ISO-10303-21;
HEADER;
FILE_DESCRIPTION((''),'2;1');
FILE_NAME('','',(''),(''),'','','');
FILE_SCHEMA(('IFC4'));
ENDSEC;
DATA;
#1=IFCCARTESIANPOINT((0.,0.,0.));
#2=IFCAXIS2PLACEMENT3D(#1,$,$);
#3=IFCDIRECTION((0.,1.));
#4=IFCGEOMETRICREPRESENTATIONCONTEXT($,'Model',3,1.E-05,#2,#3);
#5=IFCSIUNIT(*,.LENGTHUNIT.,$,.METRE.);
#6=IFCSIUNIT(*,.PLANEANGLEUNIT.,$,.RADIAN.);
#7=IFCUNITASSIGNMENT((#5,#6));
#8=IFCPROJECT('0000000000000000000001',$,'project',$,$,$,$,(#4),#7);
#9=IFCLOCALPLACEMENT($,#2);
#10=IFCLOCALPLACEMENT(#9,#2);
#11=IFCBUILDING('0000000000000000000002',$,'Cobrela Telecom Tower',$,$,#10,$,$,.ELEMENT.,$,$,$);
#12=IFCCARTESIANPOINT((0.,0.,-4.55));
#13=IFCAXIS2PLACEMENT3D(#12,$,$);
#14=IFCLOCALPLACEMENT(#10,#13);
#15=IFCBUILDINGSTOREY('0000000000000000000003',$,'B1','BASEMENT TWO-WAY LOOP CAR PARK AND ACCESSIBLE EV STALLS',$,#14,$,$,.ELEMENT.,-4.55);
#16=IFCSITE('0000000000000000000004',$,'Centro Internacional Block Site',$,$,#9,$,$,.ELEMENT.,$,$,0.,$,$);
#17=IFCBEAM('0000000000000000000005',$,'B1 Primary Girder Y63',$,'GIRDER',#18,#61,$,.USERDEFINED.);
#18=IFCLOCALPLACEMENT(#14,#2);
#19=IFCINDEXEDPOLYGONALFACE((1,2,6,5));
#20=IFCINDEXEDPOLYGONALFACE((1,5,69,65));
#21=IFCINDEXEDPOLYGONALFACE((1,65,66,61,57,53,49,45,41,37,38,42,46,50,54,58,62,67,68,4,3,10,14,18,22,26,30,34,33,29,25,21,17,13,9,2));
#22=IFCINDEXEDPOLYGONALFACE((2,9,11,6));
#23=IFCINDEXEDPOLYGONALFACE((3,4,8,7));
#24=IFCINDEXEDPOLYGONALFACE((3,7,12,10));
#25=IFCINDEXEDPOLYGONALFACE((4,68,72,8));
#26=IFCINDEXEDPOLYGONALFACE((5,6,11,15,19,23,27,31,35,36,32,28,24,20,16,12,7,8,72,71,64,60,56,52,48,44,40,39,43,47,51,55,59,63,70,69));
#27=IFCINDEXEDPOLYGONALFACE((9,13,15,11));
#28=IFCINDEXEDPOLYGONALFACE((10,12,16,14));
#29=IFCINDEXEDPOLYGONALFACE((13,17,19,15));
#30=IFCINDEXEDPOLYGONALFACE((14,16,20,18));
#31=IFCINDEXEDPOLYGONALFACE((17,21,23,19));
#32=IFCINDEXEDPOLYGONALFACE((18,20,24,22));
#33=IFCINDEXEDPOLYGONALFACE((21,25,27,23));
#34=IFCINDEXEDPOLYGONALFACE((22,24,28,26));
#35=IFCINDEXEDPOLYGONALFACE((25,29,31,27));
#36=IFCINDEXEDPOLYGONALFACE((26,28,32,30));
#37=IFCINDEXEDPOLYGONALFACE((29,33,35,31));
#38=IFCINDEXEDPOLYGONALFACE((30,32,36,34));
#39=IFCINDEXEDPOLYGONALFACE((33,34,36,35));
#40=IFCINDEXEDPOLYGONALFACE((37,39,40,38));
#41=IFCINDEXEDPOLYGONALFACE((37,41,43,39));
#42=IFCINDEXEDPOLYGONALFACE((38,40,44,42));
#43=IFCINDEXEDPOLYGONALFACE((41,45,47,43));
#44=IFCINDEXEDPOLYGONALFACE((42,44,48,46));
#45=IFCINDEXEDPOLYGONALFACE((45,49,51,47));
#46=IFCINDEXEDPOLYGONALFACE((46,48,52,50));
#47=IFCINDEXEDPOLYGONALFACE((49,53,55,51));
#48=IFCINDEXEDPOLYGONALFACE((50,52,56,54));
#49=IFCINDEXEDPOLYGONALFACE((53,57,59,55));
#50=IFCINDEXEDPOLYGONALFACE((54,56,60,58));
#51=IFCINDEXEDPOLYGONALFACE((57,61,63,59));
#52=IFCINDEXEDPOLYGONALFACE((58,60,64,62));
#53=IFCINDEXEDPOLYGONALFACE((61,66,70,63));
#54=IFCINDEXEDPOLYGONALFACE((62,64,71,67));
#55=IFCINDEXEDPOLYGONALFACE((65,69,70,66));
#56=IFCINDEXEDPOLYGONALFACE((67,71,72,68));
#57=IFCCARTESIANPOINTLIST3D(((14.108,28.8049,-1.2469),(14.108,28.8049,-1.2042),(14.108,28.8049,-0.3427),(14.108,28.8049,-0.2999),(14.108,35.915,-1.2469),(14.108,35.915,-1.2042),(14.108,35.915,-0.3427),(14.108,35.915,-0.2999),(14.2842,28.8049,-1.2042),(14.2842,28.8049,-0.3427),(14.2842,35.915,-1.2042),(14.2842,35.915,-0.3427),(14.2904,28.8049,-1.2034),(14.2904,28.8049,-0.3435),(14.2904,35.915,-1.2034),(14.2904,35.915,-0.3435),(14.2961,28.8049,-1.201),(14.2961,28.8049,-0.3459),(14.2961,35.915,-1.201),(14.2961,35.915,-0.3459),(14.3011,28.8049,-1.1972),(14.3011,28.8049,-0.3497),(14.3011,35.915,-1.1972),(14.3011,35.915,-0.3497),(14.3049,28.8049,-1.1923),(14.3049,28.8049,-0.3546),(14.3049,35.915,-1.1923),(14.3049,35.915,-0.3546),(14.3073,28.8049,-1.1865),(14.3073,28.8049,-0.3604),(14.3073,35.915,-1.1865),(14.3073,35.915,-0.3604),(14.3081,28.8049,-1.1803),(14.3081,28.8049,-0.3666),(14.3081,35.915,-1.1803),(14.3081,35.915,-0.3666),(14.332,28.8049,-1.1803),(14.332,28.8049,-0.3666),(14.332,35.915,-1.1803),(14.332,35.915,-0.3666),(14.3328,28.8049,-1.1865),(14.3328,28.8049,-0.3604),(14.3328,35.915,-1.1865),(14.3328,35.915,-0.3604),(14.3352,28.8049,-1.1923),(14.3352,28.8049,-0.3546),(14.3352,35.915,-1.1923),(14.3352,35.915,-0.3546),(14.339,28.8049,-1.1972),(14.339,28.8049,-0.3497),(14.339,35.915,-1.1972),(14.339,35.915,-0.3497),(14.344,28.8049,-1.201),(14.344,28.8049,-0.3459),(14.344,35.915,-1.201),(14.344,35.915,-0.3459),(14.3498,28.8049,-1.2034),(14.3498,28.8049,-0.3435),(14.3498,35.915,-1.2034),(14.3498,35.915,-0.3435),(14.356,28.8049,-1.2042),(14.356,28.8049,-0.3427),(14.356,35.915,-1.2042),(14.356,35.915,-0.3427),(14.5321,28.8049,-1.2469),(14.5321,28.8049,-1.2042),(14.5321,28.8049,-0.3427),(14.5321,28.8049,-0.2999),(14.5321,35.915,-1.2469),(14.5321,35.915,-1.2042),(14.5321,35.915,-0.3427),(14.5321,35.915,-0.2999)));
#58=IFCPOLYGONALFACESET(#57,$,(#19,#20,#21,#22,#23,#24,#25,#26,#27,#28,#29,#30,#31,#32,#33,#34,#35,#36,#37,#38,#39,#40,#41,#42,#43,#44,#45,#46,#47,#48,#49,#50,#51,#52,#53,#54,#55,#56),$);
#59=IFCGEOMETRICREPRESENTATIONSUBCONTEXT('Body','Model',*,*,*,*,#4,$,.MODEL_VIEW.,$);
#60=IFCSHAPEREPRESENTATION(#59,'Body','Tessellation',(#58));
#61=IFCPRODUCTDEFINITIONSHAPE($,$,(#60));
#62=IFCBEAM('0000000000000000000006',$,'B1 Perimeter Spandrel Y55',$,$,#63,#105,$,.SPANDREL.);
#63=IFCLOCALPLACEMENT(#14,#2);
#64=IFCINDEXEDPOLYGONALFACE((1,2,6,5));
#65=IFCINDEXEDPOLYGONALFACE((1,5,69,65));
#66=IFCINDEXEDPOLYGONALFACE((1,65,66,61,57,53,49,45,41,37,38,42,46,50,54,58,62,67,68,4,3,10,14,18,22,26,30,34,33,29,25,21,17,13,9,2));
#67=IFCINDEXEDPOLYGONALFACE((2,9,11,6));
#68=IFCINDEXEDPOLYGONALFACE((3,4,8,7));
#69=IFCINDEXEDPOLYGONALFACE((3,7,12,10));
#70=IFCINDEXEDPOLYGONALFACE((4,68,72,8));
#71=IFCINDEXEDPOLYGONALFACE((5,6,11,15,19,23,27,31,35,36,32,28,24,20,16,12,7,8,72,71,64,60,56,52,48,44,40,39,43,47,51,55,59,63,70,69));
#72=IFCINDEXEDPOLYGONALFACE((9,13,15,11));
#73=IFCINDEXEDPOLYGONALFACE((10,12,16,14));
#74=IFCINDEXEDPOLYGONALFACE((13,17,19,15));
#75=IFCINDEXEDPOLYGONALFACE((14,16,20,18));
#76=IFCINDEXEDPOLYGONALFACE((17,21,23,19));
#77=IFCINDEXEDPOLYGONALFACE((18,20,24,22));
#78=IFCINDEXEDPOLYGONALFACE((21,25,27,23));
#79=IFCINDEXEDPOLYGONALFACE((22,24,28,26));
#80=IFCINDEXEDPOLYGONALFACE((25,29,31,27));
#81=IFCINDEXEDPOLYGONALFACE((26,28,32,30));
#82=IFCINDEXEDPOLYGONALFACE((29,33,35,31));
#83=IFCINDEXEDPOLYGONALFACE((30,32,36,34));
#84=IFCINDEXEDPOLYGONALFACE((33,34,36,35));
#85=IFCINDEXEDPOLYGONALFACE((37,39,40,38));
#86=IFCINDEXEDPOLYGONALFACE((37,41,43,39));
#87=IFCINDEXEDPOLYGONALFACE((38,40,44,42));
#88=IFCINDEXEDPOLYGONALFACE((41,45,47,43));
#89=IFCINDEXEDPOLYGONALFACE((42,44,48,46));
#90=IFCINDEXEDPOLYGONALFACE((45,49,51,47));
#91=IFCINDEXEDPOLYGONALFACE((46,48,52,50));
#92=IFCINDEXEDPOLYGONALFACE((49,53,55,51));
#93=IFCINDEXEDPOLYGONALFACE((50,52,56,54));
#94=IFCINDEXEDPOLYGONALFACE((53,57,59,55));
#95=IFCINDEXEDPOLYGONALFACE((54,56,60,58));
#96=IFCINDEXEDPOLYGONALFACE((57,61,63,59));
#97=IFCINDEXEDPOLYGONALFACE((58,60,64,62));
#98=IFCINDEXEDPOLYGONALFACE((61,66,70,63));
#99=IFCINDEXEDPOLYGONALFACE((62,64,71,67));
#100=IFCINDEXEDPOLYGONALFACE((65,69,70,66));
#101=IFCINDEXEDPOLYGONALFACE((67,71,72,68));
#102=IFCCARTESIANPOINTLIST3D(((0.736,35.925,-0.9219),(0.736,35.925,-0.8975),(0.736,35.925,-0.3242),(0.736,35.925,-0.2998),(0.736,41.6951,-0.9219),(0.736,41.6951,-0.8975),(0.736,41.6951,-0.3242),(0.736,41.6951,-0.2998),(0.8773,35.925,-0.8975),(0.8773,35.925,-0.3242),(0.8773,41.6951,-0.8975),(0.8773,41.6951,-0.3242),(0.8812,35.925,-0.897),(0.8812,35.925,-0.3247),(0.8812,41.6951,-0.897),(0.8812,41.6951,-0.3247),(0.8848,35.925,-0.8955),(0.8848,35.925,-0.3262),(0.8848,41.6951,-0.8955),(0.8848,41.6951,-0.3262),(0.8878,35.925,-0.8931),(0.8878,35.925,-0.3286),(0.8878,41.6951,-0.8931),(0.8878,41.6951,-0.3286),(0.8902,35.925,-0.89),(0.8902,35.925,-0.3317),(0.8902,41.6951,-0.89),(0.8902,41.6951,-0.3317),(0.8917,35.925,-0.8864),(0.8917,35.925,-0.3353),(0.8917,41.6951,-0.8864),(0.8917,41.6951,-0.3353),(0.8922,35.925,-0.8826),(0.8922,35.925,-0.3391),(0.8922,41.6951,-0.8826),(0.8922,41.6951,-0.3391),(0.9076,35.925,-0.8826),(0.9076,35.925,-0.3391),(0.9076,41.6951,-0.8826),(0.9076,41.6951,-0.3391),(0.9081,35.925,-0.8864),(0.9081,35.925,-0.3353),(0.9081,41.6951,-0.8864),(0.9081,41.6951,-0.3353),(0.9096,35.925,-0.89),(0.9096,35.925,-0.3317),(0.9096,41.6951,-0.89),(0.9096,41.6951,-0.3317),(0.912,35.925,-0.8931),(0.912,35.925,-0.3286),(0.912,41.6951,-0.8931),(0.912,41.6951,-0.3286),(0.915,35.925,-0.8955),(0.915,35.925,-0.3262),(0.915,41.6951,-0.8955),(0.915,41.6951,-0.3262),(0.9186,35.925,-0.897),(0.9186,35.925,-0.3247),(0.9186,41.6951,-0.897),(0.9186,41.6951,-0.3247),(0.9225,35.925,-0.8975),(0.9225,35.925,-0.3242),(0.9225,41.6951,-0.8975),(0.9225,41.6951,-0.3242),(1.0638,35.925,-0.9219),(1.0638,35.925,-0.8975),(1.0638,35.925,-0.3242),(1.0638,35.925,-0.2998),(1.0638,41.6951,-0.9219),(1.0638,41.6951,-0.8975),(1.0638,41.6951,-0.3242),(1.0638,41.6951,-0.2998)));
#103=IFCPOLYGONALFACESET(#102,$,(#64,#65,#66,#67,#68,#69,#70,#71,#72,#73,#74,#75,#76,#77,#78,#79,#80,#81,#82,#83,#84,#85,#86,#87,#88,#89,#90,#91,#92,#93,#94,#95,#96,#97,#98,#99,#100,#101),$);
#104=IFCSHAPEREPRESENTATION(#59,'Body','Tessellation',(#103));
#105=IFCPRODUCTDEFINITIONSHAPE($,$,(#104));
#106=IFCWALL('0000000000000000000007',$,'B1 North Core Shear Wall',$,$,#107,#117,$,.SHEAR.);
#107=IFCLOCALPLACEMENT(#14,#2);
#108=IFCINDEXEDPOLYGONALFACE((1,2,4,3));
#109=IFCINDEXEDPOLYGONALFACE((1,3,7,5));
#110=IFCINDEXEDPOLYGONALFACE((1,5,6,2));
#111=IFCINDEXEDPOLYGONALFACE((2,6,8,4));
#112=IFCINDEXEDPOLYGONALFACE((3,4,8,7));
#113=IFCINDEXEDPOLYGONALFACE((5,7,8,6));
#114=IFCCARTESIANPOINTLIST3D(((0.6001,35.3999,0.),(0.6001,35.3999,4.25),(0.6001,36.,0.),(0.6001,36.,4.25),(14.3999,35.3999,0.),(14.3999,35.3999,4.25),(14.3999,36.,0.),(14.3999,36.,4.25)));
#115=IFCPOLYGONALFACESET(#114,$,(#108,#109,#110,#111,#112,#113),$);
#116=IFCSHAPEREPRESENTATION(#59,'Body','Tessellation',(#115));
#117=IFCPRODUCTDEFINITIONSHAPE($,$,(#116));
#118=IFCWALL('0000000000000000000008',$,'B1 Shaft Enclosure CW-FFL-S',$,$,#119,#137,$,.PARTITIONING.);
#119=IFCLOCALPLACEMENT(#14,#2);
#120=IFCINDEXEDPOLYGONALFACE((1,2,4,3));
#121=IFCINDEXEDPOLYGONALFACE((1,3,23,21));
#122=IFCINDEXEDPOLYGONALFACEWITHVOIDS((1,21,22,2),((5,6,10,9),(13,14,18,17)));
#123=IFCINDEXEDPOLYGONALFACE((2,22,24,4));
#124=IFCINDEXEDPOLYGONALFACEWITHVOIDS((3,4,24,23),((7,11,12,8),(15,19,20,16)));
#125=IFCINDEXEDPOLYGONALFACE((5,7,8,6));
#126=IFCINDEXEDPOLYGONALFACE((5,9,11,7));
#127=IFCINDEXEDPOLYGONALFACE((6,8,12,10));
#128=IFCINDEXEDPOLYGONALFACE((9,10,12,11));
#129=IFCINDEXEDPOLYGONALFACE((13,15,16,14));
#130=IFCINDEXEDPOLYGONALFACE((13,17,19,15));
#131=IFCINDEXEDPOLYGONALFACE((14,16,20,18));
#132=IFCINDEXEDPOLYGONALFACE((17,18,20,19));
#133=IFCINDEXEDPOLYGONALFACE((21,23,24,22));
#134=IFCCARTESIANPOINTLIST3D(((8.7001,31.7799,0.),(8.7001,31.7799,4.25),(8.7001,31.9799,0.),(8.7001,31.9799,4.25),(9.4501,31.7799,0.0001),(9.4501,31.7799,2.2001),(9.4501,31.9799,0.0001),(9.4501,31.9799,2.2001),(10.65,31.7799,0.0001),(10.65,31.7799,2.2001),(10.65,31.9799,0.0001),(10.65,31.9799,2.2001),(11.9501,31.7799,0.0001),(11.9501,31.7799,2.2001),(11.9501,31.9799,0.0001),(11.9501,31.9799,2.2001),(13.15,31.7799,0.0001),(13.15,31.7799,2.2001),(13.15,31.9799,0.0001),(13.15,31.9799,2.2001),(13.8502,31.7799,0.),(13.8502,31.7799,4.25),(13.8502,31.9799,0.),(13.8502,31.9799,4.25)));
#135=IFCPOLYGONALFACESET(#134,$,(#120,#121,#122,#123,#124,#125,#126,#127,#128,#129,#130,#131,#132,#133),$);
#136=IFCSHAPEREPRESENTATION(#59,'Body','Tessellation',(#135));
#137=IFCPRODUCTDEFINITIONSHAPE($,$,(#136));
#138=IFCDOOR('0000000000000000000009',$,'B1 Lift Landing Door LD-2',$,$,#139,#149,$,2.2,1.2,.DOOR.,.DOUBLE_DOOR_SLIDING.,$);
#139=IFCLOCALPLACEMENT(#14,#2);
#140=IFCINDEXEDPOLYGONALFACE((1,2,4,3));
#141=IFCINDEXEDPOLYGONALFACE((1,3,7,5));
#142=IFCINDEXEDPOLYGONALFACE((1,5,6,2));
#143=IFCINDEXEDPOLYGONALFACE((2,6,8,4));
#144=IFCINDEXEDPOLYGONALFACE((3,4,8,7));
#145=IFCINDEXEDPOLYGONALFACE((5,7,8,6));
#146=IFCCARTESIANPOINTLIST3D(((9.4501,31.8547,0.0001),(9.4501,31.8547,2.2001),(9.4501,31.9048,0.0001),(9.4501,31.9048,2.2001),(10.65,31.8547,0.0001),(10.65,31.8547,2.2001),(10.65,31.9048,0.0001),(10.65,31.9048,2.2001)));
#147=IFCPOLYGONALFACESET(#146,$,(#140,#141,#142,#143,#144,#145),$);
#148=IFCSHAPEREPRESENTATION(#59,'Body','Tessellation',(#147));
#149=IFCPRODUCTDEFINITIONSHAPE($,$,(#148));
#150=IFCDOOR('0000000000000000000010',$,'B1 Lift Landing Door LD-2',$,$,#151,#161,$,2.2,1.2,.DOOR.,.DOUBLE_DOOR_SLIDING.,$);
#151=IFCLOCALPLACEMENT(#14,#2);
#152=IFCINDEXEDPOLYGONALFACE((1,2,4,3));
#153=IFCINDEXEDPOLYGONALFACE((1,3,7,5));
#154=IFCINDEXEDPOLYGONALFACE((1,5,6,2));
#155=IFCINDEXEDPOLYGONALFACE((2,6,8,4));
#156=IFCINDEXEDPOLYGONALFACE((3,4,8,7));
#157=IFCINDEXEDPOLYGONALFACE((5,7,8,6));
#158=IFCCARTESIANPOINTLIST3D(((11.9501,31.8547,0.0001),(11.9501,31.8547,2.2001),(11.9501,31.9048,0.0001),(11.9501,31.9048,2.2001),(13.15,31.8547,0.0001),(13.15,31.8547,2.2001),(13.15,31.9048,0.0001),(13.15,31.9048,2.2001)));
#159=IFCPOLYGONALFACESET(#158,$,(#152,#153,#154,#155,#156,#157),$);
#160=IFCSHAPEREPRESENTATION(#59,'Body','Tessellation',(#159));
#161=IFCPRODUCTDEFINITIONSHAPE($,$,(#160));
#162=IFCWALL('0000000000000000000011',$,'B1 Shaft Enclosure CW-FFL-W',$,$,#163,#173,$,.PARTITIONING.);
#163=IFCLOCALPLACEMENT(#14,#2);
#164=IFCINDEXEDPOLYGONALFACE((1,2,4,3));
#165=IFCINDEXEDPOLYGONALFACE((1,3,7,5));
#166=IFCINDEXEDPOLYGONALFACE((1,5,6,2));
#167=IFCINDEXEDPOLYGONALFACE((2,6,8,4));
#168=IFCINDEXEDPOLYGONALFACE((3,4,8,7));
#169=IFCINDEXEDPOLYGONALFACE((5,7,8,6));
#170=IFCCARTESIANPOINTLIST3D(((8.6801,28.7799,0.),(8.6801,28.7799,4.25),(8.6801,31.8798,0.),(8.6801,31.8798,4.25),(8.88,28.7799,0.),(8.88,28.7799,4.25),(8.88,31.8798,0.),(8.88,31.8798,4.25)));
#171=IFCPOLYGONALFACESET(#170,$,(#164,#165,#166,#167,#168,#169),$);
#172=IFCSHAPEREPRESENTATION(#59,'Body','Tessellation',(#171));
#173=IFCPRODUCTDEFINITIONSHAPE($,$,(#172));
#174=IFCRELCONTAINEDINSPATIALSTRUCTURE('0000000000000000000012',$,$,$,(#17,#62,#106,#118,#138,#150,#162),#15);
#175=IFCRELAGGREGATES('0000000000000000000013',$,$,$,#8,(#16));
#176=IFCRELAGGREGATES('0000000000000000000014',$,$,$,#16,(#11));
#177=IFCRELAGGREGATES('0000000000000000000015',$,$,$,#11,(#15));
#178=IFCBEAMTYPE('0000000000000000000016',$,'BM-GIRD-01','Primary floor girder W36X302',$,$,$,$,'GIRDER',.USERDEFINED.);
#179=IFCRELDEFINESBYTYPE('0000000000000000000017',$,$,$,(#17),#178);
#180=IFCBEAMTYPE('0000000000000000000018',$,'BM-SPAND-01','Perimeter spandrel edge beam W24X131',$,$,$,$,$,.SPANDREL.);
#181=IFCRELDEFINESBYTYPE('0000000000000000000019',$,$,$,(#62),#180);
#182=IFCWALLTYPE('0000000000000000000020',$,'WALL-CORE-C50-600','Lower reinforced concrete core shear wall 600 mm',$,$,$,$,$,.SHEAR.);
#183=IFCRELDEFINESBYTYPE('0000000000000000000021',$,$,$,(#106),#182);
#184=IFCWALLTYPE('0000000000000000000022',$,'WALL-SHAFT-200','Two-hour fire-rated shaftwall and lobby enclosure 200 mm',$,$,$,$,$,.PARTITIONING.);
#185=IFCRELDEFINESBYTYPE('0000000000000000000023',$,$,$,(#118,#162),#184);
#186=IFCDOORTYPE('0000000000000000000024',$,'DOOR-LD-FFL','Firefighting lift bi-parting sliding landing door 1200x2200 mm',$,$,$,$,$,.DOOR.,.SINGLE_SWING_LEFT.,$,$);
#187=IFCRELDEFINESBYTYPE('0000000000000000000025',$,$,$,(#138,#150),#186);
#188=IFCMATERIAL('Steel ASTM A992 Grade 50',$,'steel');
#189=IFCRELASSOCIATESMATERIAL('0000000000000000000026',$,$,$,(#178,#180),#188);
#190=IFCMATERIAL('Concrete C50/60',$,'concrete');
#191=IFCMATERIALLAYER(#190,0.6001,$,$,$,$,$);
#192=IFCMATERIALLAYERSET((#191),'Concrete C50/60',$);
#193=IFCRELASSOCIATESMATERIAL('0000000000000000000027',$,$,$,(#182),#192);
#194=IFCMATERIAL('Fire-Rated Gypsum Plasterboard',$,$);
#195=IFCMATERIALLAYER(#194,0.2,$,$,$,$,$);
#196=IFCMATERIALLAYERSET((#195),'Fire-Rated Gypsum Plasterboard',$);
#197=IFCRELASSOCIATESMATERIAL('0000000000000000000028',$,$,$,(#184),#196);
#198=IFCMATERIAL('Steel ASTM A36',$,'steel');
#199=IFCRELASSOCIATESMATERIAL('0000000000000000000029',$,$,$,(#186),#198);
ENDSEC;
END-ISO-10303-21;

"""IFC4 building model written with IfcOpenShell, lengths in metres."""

from ifc_helpers import new_model, si_unit, direction, frame, frame_2d, origin, origin_2d, place, context, subcontext, project, spatial, rectangle, i_section, extrude, material, layer, layer_set, material_profile, profile_set, type_object, element, fill, save


model = new_model("IFC4")

# Units and contexts
model_context = context("Model", 3, precision=1e-05, world=origin(), true_north=direction((0.0, 1.0)))
body_context = subcontext(model_context, "Body", "Model", "MODEL_VIEW")
ifc_project = project(units=[si_unit("LENGTHUNIT", "METRE"), si_unit("PLANEANGLEUNIT", "RADIAN")], contexts=[model_context])

# Site, building, storey
site_placement = place(None, origin())
site = spatial("IfcSite", under=ifc_project, at=site_placement, Name="Centro Internacional Block Site", CompositionType="ELEMENT", RefElevation=0.0)
building_placement = place(site_placement, origin())
building = spatial("IfcBuilding", under=site, at=building_placement, Name="Cobrela Telecom Tower", CompositionType="ELEMENT")
storey_placement = place(building_placement, frame((0.0, 0.0, -4.55)))
storey = spatial("IfcBuildingStorey", under=building, at=storey_placement, Name="B1", Description="BASEMENT TWO-WAY LOOP CAR PARK AND ACCESSIBLE EV STALLS", CompositionType="ELEMENT", Elevation=-4.55)

# Beams
ifc_material_1 = material(Name="Steel ASTM A992 Grade 50", Category="steel")
ifc_material_profile_1 = material_profile(ifc_material_1, i_section(OverallWidth=0.4241, OverallDepth=0.947, WebThickness=0.0239, FlangeThickness=0.0427, FilletRadius=0.0239, at=origin_2d()), Name="W36X302")
ifc_profile_set_1 = profile_set([ifc_material_profile_1], Name="Steel ASTM A992 Grade 50")
beam_type_1 = type_object("IfcBeamType", Name="BM-GIRD-01", Description="Primary floor girder W36X302", ElementType="GIRDER", PredefinedType="USERDEFINED", material=ifc_profile_set_1)
beam_1_placement = place(storey_placement, frame((14.3201, 28.8049, -0.7734), z_axis=(0.0, 1.0, 0.0), x_axis=(-1.0, 0.0, 0.0)))
element("IfcBeam", 1, at=beam_1_placement, inside=storey, type_object=beam_type_1, Name="B1 Primary Girder Y63", ObjectType="GIRDER", PredefinedType="USERDEFINED", context=body_context, shape_type="SweptSolid", body=[
    extrude(i_section(OverallWidth=0.4241, OverallDepth=0.947, WebThickness=0.0239, FlangeThickness=0.0427, FilletRadius=0.0239, at=origin_2d()), origin(), (0.0, 0.0, 1.0), 7.1101),
])
ifc_material_profile_2 = material_profile(ifc_material_1, i_section(OverallWidth=0.3279, OverallDepth=0.6221, WebThickness=0.0154, FlangeThickness=0.0244, FilletRadius=0.0149, at=origin_2d()), Name="W24X131")
ifc_profile_set_2 = profile_set([ifc_material_profile_2], Name="Steel ASTM A992 Grade 50")
beam_type_2 = type_object("IfcBeamType", Name="BM-SPAND-01", Description="Perimeter spandrel edge beam W24X131", PredefinedType="SPANDREL", material=ifc_profile_set_2)
beam_2_placement = place(storey_placement, frame((0.8999, 35.925, -0.6108), z_axis=(0.0, 1.0, 0.0), x_axis=(-1.0, 0.0, 0.0)))
element("IfcBeam", 2, at=beam_2_placement, inside=storey, type_object=beam_type_2, Name="B1 Perimeter Spandrel Y55", PredefinedType="SPANDREL", context=body_context, shape_type="SweptSolid", body=[
    extrude(i_section(OverallWidth=0.3279, OverallDepth=0.6221, WebThickness=0.0154, FlangeThickness=0.0244, FilletRadius=0.0149, at=origin_2d()), origin(), (0.0, 0.0, 1.0), 5.77),
])

# Wall
ifc_material_2 = material(Name="Concrete C50/60", Category="concrete")
ifc_layer_1 = layer(ifc_material_2, 0.6001)
ifc_layer_set_1 = layer_set([ifc_layer_1], Name="Concrete C50/60")
wall_type_1 = type_object("IfcWallType", Name="WALL-CORE-C50-600", Description="Lower reinforced concrete core shear wall 600 mm", PredefinedType="SHEAR", material=ifc_layer_set_1)
wall_1_placement = place(storey_placement, frame((0.6001, 35.7, 0.0), z_axis=(0.0, 0.0, 1.0), x_axis=(1.0, 0.0, 0.0)))
element("IfcWall", 3, at=wall_1_placement, inside=storey, type_object=wall_type_1, Name="B1 North Core Shear Wall", PredefinedType="SHEAR", context=body_context, shape_type="SweptSolid", body=[
    extrude(rectangle(XDim=13.7998, YDim=0.6001, at=frame_2d((6.8999, 0.0))), origin(), (0.0, 0.0, 1.0), 4.25),
])

# Wall, openings, doors
ifc_material_3 = material(Name="Steel ASTM A36", Category="steel")
ifc_material_4 = material(Name="Fire-Rated Gypsum Plasterboard")
ifc_layer_2 = layer(ifc_material_4, 0.2)
ifc_layer_set_2 = layer_set([ifc_layer_2], Name="Fire-Rated Gypsum Plasterboard")
wall_type_2 = type_object("IfcWallType", Name="WALL-SHAFT-200", Description="Two-hour fire-rated shaftwall and lobby enclosure 200 mm", PredefinedType="PARTITIONING", material=ifc_layer_set_2)
wall_2_placement = place(storey_placement, frame((8.7, 31.8799, 0.0), z_axis=(0.0, 0.0, 1.0), x_axis=(1.0, 0.0, 0.0)))
wall_2 = element("IfcWall", 4, at=wall_2_placement, inside=storey, type_object=wall_type_2, Name="B1 Shaft Enclosure CW-FFL-S", PredefinedType="PARTITIONING", context=body_context, shape_type="SweptSolid", body=[
    extrude(rectangle(XDim=5.1501, YDim=0.2, at=frame_2d((2.5752, 0.0))), origin(), (0.0, 0.0, 1.0), 4.25),
])
opening_1_placement = place(wall_2_placement, frame((0.75, 0.0, 0.0)))
opening_1 = element("IfcOpeningElement", 5, at=opening_1_placement, cuts=wall_2, PredefinedType="OPENING", context=body_context, shape_type="SweptSolid", body=[
    extrude(rectangle(XDim=1.2, YDim=2.2, at=frame_2d((0.6001, 1.1001))), frame((0.0, 0.1118, 0.0), z_axis=(0.0, -1.0, 0.0), x_axis=(1.0, 0.0, 0.0)), (0.0, 0.0, 1.0), 0.2239),
])
opening_2_placement = place(wall_2_placement, frame((3.25, 0.0, 0.0)))
opening_2 = element("IfcOpeningElement", 6, at=opening_2_placement, cuts=wall_2, PredefinedType="OPENING", context=body_context, shape_type="SweptSolid", body=[
    extrude(rectangle(XDim=1.2, YDim=2.2, at=frame_2d((0.6001, 1.1001))), frame((0.0, 0.1118, 0.0), z_axis=(0.0, -1.0, 0.0), x_axis=(1.0, 0.0, 0.0)), (0.0, 0.0, 1.0), 0.2239),
])
door_type_1 = type_object("IfcDoorType", Name="DOOR-LD-FFL", Description="Firefighting lift bi-parting sliding landing door 1200x2200 mm", OperationType="SINGLE_SWING_LEFT", PredefinedType="DOOR", material=ifc_material_3)
door_1_placement = place(opening_1_placement, origin())
door_1 = element("IfcDoor", 7, at=door_1_placement, inside=storey, type_object=door_type_1, Name="B1 Lift Landing Door LD-2", OperationType="DOUBLE_DOOR_SLIDING", OverallHeight=2.2, OverallWidth=1.2, PredefinedType="DOOR", context=body_context, shape_type="SweptSolid", body=[
    extrude(rectangle(XDim=1.2, YDim=2.2, at=frame_2d((0.6001, 1.1001))), frame((0.0, 0.0249, 0.0), z_axis=(0.0, -1.0, 0.0), x_axis=(1.0, 0.0, 0.0)), (0.0, 0.0, 1.0), 0.05),
])
fill(opening_1, door_1)
door_2_placement = place(opening_2_placement, origin())
door_2 = element("IfcDoor", 8, at=door_2_placement, inside=storey, type_object=door_type_1, Name="B1 Lift Landing Door LD-2", OperationType="DOUBLE_DOOR_SLIDING", OverallHeight=2.2, OverallWidth=1.2, PredefinedType="DOOR", context=body_context, shape_type="SweptSolid", body=[
    extrude(rectangle(XDim=1.2, YDim=2.2, at=frame_2d((0.6001, 1.1001))), frame((0.0, 0.0249, 0.0), z_axis=(0.0, -1.0, 0.0), x_axis=(1.0, 0.0, 0.0)), (0.0, 0.0, 1.0), 0.05),
])
fill(opening_2, door_2)

# Wall
for number, where, z_axis, x_axis, name in (
    (9, (8.78, 28.78, 0.0), (0.0, 0.0, 1.0), (0.0, 1.0, 0.0), "B1 Shaft Enclosure CW-FFL-W"),
):
    element("IfcWall", number, at=place(storey_placement, frame(where, z_axis=z_axis, x_axis=x_axis)), inside=storey, type_object=wall_type_2, Name=name, PredefinedType="PARTITIONING", context=body_context, shape_type="SweptSolid", body=[
        extrude(rectangle(XDim=3.0999, YDim=0.2, at=frame_2d((1.5498, 0.0))), origin(), (0.0, 0.0, 1.0), 4.25),
    ])

save(model, "model.ifc")
